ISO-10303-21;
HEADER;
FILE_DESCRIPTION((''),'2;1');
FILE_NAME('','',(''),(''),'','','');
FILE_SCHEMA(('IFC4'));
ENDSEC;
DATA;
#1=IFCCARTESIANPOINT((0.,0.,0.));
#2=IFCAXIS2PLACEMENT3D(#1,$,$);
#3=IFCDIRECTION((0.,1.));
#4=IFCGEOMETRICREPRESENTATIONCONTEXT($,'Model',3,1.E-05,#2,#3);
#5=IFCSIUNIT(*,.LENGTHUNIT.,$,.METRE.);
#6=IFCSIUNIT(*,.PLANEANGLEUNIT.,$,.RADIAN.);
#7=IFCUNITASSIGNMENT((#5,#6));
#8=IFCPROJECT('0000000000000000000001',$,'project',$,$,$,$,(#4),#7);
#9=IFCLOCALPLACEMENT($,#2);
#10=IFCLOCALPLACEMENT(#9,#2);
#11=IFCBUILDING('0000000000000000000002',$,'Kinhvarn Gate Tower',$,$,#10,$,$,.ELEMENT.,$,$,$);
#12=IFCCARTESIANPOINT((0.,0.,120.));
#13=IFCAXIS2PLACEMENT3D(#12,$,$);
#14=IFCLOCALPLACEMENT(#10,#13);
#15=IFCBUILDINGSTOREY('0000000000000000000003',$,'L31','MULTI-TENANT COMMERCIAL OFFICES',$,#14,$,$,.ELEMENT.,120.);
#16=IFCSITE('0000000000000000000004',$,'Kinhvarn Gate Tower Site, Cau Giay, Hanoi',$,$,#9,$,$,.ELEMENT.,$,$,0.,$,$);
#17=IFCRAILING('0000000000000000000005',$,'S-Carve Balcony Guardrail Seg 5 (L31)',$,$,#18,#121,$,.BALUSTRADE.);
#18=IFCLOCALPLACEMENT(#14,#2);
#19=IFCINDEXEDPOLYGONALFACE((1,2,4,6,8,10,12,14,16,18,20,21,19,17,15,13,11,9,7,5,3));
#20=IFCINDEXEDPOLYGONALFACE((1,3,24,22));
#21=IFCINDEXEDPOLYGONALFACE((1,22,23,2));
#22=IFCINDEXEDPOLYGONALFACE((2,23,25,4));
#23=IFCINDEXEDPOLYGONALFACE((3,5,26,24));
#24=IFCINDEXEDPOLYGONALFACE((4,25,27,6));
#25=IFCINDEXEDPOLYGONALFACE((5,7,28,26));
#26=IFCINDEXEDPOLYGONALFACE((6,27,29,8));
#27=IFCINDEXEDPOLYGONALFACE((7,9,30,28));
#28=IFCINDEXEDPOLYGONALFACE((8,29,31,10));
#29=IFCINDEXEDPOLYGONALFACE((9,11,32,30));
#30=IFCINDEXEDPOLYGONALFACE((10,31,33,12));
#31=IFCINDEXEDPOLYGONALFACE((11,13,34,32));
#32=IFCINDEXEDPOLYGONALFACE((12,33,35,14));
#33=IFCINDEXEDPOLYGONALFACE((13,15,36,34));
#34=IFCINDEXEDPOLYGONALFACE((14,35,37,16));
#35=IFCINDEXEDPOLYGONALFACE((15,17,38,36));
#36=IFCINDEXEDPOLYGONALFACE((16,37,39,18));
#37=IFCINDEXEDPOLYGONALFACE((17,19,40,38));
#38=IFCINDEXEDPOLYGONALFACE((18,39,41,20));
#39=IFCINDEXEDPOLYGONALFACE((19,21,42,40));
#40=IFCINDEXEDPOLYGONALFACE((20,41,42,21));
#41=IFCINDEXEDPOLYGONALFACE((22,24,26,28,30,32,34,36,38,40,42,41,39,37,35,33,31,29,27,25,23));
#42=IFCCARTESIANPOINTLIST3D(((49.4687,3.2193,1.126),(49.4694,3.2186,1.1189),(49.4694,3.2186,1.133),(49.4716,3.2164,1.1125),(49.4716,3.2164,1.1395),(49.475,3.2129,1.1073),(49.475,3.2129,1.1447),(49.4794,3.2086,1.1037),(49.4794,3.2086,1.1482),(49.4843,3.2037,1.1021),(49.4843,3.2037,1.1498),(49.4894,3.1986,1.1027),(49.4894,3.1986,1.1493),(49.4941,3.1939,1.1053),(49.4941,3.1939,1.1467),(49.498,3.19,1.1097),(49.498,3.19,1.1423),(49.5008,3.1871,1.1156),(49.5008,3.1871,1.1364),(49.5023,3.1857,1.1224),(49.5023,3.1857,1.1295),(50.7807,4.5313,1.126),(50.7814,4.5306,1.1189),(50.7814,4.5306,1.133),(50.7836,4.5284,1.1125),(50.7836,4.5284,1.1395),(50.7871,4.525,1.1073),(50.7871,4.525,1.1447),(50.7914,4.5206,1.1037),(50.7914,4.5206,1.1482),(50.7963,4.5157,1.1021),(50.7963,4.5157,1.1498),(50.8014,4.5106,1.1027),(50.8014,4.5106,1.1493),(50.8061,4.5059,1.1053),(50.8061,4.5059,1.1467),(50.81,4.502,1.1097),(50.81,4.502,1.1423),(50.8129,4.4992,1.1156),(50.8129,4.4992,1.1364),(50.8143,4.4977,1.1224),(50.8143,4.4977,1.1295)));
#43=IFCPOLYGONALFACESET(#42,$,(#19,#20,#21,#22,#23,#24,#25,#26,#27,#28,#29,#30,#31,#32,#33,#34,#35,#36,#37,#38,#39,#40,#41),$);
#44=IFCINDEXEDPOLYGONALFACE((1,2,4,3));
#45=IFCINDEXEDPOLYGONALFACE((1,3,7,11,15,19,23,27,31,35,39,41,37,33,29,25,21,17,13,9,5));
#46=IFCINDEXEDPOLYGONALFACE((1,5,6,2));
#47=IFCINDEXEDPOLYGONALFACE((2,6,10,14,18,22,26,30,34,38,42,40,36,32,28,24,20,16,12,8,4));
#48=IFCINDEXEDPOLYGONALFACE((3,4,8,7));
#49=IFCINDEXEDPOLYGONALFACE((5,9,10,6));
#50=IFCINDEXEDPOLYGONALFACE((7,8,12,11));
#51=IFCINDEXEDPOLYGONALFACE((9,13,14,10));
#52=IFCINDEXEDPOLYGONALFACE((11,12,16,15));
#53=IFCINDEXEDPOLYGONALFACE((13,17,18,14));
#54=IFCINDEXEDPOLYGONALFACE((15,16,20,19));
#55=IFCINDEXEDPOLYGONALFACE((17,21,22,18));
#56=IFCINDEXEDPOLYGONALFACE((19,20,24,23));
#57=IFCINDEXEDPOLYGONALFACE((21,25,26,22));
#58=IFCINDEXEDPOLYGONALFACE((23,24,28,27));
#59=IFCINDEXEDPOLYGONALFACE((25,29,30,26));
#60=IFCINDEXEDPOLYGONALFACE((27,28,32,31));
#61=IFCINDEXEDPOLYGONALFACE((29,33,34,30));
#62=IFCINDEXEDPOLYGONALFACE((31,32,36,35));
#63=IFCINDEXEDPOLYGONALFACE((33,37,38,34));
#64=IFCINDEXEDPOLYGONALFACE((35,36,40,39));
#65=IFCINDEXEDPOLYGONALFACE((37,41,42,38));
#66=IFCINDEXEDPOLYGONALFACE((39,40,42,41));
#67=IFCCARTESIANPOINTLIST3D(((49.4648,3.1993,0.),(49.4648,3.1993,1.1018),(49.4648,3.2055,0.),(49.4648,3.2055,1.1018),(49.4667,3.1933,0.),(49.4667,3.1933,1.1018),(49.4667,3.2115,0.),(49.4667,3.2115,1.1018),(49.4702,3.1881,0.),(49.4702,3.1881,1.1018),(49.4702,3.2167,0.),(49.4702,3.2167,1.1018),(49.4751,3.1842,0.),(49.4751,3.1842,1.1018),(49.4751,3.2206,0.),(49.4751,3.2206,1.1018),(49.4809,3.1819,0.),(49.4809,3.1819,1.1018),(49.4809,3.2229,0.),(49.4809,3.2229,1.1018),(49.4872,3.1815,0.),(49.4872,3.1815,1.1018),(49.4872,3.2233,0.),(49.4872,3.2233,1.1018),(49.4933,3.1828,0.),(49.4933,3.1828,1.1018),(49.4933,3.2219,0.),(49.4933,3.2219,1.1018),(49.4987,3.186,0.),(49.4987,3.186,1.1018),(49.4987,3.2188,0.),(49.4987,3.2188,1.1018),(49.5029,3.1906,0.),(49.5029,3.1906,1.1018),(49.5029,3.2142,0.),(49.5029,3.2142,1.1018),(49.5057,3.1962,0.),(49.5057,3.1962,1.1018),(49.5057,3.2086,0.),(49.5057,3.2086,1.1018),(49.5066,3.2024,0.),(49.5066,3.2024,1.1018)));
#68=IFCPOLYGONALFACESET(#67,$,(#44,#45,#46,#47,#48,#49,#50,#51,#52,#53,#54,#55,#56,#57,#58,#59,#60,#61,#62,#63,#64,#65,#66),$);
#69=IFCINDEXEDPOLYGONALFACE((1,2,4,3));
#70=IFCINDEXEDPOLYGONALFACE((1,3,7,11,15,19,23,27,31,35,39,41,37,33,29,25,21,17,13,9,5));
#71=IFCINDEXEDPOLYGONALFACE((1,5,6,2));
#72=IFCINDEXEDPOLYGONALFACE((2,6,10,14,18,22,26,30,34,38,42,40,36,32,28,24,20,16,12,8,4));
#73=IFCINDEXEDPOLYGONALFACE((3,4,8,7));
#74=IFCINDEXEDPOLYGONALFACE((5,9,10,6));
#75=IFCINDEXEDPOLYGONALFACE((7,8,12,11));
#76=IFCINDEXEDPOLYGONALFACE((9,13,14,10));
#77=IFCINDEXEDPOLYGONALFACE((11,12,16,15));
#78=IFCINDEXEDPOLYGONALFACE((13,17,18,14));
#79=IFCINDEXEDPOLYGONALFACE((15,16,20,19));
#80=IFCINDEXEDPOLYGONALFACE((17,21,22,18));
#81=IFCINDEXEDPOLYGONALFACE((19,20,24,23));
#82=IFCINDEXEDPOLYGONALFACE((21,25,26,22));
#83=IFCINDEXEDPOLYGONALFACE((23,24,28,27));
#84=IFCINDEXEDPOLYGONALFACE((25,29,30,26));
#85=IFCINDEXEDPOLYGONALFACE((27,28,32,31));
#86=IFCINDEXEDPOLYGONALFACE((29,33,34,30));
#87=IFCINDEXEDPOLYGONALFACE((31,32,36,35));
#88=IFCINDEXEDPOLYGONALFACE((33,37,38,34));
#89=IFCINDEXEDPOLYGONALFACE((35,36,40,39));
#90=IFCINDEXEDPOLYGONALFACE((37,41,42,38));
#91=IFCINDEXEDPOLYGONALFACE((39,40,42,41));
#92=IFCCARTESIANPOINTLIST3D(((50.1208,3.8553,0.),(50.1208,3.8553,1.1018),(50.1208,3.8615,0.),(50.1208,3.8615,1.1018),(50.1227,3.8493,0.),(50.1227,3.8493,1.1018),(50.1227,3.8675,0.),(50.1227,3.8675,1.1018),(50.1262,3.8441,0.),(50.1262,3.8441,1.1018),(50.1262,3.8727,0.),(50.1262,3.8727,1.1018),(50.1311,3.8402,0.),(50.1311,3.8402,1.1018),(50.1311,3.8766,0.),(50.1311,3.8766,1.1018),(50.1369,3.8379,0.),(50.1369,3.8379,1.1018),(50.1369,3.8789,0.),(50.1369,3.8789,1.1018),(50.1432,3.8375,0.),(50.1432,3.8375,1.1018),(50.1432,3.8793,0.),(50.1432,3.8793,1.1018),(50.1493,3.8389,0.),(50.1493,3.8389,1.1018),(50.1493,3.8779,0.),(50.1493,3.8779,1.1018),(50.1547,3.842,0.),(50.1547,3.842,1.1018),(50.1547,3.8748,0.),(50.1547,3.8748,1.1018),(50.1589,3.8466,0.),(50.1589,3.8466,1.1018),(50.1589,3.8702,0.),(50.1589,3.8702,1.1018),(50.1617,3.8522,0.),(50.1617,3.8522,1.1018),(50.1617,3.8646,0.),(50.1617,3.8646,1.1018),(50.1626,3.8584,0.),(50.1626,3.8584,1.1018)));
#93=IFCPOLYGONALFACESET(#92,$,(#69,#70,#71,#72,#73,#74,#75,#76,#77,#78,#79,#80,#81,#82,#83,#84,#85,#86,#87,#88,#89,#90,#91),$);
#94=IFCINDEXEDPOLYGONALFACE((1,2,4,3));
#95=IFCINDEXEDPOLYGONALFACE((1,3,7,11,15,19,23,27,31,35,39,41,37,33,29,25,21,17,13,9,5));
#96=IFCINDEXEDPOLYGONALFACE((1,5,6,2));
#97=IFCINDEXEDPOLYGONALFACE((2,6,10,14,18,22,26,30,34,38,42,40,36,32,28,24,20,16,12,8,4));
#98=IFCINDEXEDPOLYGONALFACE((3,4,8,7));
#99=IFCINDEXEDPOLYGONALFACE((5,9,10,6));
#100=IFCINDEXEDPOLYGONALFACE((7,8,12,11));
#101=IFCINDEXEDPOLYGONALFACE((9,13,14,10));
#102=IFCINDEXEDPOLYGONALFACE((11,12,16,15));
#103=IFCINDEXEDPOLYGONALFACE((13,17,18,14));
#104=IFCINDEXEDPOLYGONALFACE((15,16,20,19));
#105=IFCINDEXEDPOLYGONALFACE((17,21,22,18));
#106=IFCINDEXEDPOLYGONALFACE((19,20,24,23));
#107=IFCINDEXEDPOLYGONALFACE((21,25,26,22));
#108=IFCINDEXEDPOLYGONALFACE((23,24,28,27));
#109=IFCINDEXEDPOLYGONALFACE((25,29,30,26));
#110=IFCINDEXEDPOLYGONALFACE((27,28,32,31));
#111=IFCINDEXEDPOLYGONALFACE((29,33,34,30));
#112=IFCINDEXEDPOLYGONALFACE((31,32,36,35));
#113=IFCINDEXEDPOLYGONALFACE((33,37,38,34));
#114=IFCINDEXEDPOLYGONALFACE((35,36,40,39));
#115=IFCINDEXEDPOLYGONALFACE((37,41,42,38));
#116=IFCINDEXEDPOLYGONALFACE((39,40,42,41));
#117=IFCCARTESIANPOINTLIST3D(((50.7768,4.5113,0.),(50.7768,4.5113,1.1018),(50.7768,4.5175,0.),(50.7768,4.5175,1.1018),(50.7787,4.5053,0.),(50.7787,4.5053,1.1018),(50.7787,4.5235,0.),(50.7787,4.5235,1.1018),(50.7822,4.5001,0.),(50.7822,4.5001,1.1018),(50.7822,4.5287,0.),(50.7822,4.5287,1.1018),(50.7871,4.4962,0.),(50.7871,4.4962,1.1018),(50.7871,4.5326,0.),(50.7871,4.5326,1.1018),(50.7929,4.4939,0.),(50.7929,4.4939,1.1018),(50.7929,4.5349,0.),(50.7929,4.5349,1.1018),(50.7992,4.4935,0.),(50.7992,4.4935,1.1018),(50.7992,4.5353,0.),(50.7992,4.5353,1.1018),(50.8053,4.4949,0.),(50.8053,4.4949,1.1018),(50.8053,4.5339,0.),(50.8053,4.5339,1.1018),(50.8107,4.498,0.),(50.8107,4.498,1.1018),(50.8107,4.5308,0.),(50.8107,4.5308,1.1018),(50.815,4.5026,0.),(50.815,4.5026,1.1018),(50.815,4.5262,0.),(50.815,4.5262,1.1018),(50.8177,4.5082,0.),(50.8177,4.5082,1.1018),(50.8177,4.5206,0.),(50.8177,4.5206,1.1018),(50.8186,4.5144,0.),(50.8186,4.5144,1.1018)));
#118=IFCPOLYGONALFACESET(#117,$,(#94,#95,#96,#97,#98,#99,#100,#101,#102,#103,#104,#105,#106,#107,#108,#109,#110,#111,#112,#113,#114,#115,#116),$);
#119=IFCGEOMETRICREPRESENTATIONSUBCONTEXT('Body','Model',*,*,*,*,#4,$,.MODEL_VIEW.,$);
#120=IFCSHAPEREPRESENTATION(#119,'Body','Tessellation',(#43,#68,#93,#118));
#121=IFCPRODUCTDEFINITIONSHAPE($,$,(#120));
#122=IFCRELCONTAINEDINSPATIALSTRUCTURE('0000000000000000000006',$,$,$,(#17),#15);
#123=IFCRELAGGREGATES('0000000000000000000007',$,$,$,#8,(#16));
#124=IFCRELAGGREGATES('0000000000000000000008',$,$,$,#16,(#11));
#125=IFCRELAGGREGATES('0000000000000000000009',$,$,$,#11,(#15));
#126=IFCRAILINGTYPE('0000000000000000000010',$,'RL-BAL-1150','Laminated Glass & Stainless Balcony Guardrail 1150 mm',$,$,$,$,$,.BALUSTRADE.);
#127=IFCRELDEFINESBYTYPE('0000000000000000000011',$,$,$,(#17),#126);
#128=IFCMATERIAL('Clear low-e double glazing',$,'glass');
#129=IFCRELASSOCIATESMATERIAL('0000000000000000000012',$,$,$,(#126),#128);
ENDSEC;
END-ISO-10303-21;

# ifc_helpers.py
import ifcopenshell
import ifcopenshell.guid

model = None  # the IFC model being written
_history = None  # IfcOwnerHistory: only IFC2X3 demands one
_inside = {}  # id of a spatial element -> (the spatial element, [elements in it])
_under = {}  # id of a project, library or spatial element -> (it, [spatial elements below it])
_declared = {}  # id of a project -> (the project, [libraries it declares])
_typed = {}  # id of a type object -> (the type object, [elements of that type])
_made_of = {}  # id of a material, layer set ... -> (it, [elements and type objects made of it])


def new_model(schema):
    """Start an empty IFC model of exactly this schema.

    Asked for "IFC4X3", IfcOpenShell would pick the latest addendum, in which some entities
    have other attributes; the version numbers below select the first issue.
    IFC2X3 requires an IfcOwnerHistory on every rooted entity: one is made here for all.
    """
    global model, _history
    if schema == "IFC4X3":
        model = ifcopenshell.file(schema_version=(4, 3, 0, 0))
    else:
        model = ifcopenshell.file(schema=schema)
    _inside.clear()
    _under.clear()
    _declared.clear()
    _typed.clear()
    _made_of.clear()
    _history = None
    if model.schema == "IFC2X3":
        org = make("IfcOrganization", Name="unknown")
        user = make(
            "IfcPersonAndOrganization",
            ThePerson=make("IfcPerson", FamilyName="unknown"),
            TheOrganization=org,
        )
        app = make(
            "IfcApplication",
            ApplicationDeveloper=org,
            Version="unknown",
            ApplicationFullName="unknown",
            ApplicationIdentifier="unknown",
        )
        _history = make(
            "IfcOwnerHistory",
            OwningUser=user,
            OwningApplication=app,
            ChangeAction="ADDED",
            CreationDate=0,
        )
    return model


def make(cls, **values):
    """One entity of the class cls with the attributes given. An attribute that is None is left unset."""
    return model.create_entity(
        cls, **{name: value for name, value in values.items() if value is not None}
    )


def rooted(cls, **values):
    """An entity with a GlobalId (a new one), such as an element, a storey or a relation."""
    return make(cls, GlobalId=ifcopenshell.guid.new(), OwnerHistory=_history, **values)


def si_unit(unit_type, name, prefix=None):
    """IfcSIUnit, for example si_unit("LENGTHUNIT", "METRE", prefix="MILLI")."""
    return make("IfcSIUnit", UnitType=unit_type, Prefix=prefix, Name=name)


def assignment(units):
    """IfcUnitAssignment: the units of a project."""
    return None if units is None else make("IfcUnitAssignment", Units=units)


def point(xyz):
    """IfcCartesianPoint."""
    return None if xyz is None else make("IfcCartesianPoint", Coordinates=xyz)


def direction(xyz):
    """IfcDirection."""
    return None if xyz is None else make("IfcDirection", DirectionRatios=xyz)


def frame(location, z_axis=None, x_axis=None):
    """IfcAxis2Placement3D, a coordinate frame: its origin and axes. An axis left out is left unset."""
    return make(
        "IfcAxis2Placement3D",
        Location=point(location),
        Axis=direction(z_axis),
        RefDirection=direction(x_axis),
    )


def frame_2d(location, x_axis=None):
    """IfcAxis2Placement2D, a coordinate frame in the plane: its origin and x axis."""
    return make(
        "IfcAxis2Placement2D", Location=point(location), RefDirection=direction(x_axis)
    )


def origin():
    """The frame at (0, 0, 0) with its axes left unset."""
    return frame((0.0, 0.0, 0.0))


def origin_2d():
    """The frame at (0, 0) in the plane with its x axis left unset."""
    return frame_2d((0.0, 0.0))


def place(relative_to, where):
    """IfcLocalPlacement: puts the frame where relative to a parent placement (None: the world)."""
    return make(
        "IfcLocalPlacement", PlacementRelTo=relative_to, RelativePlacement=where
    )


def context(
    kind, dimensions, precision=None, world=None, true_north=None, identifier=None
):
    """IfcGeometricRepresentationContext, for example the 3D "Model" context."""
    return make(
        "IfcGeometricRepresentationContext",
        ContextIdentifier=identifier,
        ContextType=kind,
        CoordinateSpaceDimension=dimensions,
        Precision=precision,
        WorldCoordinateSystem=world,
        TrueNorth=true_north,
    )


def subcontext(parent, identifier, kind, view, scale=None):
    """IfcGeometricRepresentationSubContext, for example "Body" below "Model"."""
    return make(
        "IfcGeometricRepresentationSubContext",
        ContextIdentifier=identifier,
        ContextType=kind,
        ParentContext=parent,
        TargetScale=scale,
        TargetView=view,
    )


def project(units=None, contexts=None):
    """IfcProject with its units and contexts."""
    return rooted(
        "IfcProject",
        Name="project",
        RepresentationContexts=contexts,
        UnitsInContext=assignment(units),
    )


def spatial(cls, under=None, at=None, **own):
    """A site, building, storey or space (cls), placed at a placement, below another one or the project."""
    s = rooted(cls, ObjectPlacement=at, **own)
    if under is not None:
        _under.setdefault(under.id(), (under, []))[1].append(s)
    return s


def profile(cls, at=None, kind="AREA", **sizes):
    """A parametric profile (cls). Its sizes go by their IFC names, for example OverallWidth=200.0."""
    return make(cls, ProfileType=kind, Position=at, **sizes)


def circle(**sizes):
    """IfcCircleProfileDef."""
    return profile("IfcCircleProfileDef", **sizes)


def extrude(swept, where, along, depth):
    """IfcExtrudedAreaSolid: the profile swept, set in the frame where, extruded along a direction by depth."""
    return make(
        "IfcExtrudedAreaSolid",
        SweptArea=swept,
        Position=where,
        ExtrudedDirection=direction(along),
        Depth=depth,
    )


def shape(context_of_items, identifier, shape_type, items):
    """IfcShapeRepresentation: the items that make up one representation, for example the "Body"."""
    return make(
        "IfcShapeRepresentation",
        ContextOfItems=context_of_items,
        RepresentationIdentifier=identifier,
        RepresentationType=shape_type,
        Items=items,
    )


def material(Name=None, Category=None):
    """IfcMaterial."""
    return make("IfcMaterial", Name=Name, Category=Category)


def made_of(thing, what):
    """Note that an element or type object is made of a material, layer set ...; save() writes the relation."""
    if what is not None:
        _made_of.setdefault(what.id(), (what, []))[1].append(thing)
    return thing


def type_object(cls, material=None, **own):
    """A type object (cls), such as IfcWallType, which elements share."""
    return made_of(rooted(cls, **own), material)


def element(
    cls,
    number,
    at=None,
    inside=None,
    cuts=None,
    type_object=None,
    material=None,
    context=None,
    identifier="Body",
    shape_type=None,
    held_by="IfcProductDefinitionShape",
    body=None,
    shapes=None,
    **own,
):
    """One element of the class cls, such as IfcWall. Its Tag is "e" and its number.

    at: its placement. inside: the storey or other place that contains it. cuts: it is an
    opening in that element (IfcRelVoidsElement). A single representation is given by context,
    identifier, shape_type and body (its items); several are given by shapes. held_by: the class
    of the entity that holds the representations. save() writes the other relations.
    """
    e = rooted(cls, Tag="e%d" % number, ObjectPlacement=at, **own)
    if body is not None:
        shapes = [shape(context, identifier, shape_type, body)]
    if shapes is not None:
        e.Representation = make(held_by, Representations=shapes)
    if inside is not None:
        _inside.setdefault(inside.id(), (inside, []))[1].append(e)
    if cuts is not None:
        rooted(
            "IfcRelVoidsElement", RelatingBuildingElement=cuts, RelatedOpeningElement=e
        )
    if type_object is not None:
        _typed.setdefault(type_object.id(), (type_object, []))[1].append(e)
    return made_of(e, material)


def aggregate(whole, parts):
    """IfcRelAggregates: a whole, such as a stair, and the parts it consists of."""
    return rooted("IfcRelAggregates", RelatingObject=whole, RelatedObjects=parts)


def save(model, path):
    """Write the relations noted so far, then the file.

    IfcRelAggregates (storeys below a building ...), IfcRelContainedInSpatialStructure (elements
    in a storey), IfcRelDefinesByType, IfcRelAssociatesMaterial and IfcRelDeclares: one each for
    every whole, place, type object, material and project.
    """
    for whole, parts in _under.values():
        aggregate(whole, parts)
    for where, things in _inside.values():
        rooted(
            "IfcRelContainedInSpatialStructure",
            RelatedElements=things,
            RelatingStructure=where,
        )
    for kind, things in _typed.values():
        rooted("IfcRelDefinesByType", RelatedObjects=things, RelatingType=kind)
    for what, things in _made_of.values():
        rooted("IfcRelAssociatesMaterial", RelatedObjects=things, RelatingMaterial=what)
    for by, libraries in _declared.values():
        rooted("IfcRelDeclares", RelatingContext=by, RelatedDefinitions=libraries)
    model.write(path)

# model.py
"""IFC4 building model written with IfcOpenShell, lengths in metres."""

from ifc_helpers import new_model, si_unit, direction, frame, origin, origin_2d, place, context, subcontext, project, spatial, circle, extrude, material, type_object, element, save


model = new_model("IFC4")

# Units and contexts
model_context = context("Model", 3, precision=1e-05, world=origin(), true_north=direction((0.0, 1.0)))
body_context = subcontext(model_context, "Body", "Model", "MODEL_VIEW")
ifc_project = project(units=[si_unit("LENGTHUNIT", "METRE"), si_unit("PLANEANGLEUNIT", "RADIAN")], contexts=[model_context])

# Site, building, storey
site_placement = place(None, origin())
site = spatial("IfcSite", under=ifc_project, at=site_placement, Name="Kinhvarn Gate Tower Site, Cau Giay, Hanoi", CompositionType="ELEMENT", RefElevation=0.0)
building_placement = place(site_placement, origin())
building = spatial("IfcBuilding", under=site, at=building_placement, Name="Kinhvarn Gate Tower", CompositionType="ELEMENT")
storey_placement = place(building_placement, frame((0.0, 0.0, 120.0)))
storey = spatial("IfcBuildingStorey", under=building, at=storey_placement, Name="L31", Description="MULTI-TENANT COMMERCIAL OFFICES", CompositionType="ELEMENT", Elevation=120.0)

# Shared definitions
ifc_material_1 = material(Name="Clear low-e double glazing", Category="glass")

# Railing
railing_type = type_object("IfcRailingType", Name="RL-BAL-1150", Description="Laminated Glass & Stainless Balcony Guardrail 1150 mm", PredefinedType="BALUSTRADE", material=ifc_material_1)
railing_1_placement = place(storey_placement, frame((49.4856, 3.2024, 0.0)))
element("IfcRailing", 1, at=railing_1_placement, inside=storey, type_object=railing_type, Name="S-Carve Balcony Guardrail Seg 5 (L31)", PredefinedType="BALUSTRADE", context=body_context, shape_type="SweptSolid", body=[
    extrude(circle(Radius=0.0239, at=origin_2d()), frame((0.0, 0.0, 1.126), z_axis=(0.707107, 0.707107, 0.0), x_axis=(-0.707107, 0.707107, 0.0)), (0.0, 0.0, 1.0), 1.8555),
    extrude(circle(Radius=0.021, at=origin_2d()), origin(), (0.0, 0.0, 1.0), 1.1018),
    extrude(circle(Radius=0.021, at=origin_2d()), frame((0.656, 0.656, 0.0)), (0.0, 0.0, 1.0), 1.1018),
    extrude(circle(Radius=0.021, at=origin_2d()), frame((1.312, 1.312, 0.0)), (0.0, 0.0, 1.0), 1.1018),
])

save(model, "model.ifc")
